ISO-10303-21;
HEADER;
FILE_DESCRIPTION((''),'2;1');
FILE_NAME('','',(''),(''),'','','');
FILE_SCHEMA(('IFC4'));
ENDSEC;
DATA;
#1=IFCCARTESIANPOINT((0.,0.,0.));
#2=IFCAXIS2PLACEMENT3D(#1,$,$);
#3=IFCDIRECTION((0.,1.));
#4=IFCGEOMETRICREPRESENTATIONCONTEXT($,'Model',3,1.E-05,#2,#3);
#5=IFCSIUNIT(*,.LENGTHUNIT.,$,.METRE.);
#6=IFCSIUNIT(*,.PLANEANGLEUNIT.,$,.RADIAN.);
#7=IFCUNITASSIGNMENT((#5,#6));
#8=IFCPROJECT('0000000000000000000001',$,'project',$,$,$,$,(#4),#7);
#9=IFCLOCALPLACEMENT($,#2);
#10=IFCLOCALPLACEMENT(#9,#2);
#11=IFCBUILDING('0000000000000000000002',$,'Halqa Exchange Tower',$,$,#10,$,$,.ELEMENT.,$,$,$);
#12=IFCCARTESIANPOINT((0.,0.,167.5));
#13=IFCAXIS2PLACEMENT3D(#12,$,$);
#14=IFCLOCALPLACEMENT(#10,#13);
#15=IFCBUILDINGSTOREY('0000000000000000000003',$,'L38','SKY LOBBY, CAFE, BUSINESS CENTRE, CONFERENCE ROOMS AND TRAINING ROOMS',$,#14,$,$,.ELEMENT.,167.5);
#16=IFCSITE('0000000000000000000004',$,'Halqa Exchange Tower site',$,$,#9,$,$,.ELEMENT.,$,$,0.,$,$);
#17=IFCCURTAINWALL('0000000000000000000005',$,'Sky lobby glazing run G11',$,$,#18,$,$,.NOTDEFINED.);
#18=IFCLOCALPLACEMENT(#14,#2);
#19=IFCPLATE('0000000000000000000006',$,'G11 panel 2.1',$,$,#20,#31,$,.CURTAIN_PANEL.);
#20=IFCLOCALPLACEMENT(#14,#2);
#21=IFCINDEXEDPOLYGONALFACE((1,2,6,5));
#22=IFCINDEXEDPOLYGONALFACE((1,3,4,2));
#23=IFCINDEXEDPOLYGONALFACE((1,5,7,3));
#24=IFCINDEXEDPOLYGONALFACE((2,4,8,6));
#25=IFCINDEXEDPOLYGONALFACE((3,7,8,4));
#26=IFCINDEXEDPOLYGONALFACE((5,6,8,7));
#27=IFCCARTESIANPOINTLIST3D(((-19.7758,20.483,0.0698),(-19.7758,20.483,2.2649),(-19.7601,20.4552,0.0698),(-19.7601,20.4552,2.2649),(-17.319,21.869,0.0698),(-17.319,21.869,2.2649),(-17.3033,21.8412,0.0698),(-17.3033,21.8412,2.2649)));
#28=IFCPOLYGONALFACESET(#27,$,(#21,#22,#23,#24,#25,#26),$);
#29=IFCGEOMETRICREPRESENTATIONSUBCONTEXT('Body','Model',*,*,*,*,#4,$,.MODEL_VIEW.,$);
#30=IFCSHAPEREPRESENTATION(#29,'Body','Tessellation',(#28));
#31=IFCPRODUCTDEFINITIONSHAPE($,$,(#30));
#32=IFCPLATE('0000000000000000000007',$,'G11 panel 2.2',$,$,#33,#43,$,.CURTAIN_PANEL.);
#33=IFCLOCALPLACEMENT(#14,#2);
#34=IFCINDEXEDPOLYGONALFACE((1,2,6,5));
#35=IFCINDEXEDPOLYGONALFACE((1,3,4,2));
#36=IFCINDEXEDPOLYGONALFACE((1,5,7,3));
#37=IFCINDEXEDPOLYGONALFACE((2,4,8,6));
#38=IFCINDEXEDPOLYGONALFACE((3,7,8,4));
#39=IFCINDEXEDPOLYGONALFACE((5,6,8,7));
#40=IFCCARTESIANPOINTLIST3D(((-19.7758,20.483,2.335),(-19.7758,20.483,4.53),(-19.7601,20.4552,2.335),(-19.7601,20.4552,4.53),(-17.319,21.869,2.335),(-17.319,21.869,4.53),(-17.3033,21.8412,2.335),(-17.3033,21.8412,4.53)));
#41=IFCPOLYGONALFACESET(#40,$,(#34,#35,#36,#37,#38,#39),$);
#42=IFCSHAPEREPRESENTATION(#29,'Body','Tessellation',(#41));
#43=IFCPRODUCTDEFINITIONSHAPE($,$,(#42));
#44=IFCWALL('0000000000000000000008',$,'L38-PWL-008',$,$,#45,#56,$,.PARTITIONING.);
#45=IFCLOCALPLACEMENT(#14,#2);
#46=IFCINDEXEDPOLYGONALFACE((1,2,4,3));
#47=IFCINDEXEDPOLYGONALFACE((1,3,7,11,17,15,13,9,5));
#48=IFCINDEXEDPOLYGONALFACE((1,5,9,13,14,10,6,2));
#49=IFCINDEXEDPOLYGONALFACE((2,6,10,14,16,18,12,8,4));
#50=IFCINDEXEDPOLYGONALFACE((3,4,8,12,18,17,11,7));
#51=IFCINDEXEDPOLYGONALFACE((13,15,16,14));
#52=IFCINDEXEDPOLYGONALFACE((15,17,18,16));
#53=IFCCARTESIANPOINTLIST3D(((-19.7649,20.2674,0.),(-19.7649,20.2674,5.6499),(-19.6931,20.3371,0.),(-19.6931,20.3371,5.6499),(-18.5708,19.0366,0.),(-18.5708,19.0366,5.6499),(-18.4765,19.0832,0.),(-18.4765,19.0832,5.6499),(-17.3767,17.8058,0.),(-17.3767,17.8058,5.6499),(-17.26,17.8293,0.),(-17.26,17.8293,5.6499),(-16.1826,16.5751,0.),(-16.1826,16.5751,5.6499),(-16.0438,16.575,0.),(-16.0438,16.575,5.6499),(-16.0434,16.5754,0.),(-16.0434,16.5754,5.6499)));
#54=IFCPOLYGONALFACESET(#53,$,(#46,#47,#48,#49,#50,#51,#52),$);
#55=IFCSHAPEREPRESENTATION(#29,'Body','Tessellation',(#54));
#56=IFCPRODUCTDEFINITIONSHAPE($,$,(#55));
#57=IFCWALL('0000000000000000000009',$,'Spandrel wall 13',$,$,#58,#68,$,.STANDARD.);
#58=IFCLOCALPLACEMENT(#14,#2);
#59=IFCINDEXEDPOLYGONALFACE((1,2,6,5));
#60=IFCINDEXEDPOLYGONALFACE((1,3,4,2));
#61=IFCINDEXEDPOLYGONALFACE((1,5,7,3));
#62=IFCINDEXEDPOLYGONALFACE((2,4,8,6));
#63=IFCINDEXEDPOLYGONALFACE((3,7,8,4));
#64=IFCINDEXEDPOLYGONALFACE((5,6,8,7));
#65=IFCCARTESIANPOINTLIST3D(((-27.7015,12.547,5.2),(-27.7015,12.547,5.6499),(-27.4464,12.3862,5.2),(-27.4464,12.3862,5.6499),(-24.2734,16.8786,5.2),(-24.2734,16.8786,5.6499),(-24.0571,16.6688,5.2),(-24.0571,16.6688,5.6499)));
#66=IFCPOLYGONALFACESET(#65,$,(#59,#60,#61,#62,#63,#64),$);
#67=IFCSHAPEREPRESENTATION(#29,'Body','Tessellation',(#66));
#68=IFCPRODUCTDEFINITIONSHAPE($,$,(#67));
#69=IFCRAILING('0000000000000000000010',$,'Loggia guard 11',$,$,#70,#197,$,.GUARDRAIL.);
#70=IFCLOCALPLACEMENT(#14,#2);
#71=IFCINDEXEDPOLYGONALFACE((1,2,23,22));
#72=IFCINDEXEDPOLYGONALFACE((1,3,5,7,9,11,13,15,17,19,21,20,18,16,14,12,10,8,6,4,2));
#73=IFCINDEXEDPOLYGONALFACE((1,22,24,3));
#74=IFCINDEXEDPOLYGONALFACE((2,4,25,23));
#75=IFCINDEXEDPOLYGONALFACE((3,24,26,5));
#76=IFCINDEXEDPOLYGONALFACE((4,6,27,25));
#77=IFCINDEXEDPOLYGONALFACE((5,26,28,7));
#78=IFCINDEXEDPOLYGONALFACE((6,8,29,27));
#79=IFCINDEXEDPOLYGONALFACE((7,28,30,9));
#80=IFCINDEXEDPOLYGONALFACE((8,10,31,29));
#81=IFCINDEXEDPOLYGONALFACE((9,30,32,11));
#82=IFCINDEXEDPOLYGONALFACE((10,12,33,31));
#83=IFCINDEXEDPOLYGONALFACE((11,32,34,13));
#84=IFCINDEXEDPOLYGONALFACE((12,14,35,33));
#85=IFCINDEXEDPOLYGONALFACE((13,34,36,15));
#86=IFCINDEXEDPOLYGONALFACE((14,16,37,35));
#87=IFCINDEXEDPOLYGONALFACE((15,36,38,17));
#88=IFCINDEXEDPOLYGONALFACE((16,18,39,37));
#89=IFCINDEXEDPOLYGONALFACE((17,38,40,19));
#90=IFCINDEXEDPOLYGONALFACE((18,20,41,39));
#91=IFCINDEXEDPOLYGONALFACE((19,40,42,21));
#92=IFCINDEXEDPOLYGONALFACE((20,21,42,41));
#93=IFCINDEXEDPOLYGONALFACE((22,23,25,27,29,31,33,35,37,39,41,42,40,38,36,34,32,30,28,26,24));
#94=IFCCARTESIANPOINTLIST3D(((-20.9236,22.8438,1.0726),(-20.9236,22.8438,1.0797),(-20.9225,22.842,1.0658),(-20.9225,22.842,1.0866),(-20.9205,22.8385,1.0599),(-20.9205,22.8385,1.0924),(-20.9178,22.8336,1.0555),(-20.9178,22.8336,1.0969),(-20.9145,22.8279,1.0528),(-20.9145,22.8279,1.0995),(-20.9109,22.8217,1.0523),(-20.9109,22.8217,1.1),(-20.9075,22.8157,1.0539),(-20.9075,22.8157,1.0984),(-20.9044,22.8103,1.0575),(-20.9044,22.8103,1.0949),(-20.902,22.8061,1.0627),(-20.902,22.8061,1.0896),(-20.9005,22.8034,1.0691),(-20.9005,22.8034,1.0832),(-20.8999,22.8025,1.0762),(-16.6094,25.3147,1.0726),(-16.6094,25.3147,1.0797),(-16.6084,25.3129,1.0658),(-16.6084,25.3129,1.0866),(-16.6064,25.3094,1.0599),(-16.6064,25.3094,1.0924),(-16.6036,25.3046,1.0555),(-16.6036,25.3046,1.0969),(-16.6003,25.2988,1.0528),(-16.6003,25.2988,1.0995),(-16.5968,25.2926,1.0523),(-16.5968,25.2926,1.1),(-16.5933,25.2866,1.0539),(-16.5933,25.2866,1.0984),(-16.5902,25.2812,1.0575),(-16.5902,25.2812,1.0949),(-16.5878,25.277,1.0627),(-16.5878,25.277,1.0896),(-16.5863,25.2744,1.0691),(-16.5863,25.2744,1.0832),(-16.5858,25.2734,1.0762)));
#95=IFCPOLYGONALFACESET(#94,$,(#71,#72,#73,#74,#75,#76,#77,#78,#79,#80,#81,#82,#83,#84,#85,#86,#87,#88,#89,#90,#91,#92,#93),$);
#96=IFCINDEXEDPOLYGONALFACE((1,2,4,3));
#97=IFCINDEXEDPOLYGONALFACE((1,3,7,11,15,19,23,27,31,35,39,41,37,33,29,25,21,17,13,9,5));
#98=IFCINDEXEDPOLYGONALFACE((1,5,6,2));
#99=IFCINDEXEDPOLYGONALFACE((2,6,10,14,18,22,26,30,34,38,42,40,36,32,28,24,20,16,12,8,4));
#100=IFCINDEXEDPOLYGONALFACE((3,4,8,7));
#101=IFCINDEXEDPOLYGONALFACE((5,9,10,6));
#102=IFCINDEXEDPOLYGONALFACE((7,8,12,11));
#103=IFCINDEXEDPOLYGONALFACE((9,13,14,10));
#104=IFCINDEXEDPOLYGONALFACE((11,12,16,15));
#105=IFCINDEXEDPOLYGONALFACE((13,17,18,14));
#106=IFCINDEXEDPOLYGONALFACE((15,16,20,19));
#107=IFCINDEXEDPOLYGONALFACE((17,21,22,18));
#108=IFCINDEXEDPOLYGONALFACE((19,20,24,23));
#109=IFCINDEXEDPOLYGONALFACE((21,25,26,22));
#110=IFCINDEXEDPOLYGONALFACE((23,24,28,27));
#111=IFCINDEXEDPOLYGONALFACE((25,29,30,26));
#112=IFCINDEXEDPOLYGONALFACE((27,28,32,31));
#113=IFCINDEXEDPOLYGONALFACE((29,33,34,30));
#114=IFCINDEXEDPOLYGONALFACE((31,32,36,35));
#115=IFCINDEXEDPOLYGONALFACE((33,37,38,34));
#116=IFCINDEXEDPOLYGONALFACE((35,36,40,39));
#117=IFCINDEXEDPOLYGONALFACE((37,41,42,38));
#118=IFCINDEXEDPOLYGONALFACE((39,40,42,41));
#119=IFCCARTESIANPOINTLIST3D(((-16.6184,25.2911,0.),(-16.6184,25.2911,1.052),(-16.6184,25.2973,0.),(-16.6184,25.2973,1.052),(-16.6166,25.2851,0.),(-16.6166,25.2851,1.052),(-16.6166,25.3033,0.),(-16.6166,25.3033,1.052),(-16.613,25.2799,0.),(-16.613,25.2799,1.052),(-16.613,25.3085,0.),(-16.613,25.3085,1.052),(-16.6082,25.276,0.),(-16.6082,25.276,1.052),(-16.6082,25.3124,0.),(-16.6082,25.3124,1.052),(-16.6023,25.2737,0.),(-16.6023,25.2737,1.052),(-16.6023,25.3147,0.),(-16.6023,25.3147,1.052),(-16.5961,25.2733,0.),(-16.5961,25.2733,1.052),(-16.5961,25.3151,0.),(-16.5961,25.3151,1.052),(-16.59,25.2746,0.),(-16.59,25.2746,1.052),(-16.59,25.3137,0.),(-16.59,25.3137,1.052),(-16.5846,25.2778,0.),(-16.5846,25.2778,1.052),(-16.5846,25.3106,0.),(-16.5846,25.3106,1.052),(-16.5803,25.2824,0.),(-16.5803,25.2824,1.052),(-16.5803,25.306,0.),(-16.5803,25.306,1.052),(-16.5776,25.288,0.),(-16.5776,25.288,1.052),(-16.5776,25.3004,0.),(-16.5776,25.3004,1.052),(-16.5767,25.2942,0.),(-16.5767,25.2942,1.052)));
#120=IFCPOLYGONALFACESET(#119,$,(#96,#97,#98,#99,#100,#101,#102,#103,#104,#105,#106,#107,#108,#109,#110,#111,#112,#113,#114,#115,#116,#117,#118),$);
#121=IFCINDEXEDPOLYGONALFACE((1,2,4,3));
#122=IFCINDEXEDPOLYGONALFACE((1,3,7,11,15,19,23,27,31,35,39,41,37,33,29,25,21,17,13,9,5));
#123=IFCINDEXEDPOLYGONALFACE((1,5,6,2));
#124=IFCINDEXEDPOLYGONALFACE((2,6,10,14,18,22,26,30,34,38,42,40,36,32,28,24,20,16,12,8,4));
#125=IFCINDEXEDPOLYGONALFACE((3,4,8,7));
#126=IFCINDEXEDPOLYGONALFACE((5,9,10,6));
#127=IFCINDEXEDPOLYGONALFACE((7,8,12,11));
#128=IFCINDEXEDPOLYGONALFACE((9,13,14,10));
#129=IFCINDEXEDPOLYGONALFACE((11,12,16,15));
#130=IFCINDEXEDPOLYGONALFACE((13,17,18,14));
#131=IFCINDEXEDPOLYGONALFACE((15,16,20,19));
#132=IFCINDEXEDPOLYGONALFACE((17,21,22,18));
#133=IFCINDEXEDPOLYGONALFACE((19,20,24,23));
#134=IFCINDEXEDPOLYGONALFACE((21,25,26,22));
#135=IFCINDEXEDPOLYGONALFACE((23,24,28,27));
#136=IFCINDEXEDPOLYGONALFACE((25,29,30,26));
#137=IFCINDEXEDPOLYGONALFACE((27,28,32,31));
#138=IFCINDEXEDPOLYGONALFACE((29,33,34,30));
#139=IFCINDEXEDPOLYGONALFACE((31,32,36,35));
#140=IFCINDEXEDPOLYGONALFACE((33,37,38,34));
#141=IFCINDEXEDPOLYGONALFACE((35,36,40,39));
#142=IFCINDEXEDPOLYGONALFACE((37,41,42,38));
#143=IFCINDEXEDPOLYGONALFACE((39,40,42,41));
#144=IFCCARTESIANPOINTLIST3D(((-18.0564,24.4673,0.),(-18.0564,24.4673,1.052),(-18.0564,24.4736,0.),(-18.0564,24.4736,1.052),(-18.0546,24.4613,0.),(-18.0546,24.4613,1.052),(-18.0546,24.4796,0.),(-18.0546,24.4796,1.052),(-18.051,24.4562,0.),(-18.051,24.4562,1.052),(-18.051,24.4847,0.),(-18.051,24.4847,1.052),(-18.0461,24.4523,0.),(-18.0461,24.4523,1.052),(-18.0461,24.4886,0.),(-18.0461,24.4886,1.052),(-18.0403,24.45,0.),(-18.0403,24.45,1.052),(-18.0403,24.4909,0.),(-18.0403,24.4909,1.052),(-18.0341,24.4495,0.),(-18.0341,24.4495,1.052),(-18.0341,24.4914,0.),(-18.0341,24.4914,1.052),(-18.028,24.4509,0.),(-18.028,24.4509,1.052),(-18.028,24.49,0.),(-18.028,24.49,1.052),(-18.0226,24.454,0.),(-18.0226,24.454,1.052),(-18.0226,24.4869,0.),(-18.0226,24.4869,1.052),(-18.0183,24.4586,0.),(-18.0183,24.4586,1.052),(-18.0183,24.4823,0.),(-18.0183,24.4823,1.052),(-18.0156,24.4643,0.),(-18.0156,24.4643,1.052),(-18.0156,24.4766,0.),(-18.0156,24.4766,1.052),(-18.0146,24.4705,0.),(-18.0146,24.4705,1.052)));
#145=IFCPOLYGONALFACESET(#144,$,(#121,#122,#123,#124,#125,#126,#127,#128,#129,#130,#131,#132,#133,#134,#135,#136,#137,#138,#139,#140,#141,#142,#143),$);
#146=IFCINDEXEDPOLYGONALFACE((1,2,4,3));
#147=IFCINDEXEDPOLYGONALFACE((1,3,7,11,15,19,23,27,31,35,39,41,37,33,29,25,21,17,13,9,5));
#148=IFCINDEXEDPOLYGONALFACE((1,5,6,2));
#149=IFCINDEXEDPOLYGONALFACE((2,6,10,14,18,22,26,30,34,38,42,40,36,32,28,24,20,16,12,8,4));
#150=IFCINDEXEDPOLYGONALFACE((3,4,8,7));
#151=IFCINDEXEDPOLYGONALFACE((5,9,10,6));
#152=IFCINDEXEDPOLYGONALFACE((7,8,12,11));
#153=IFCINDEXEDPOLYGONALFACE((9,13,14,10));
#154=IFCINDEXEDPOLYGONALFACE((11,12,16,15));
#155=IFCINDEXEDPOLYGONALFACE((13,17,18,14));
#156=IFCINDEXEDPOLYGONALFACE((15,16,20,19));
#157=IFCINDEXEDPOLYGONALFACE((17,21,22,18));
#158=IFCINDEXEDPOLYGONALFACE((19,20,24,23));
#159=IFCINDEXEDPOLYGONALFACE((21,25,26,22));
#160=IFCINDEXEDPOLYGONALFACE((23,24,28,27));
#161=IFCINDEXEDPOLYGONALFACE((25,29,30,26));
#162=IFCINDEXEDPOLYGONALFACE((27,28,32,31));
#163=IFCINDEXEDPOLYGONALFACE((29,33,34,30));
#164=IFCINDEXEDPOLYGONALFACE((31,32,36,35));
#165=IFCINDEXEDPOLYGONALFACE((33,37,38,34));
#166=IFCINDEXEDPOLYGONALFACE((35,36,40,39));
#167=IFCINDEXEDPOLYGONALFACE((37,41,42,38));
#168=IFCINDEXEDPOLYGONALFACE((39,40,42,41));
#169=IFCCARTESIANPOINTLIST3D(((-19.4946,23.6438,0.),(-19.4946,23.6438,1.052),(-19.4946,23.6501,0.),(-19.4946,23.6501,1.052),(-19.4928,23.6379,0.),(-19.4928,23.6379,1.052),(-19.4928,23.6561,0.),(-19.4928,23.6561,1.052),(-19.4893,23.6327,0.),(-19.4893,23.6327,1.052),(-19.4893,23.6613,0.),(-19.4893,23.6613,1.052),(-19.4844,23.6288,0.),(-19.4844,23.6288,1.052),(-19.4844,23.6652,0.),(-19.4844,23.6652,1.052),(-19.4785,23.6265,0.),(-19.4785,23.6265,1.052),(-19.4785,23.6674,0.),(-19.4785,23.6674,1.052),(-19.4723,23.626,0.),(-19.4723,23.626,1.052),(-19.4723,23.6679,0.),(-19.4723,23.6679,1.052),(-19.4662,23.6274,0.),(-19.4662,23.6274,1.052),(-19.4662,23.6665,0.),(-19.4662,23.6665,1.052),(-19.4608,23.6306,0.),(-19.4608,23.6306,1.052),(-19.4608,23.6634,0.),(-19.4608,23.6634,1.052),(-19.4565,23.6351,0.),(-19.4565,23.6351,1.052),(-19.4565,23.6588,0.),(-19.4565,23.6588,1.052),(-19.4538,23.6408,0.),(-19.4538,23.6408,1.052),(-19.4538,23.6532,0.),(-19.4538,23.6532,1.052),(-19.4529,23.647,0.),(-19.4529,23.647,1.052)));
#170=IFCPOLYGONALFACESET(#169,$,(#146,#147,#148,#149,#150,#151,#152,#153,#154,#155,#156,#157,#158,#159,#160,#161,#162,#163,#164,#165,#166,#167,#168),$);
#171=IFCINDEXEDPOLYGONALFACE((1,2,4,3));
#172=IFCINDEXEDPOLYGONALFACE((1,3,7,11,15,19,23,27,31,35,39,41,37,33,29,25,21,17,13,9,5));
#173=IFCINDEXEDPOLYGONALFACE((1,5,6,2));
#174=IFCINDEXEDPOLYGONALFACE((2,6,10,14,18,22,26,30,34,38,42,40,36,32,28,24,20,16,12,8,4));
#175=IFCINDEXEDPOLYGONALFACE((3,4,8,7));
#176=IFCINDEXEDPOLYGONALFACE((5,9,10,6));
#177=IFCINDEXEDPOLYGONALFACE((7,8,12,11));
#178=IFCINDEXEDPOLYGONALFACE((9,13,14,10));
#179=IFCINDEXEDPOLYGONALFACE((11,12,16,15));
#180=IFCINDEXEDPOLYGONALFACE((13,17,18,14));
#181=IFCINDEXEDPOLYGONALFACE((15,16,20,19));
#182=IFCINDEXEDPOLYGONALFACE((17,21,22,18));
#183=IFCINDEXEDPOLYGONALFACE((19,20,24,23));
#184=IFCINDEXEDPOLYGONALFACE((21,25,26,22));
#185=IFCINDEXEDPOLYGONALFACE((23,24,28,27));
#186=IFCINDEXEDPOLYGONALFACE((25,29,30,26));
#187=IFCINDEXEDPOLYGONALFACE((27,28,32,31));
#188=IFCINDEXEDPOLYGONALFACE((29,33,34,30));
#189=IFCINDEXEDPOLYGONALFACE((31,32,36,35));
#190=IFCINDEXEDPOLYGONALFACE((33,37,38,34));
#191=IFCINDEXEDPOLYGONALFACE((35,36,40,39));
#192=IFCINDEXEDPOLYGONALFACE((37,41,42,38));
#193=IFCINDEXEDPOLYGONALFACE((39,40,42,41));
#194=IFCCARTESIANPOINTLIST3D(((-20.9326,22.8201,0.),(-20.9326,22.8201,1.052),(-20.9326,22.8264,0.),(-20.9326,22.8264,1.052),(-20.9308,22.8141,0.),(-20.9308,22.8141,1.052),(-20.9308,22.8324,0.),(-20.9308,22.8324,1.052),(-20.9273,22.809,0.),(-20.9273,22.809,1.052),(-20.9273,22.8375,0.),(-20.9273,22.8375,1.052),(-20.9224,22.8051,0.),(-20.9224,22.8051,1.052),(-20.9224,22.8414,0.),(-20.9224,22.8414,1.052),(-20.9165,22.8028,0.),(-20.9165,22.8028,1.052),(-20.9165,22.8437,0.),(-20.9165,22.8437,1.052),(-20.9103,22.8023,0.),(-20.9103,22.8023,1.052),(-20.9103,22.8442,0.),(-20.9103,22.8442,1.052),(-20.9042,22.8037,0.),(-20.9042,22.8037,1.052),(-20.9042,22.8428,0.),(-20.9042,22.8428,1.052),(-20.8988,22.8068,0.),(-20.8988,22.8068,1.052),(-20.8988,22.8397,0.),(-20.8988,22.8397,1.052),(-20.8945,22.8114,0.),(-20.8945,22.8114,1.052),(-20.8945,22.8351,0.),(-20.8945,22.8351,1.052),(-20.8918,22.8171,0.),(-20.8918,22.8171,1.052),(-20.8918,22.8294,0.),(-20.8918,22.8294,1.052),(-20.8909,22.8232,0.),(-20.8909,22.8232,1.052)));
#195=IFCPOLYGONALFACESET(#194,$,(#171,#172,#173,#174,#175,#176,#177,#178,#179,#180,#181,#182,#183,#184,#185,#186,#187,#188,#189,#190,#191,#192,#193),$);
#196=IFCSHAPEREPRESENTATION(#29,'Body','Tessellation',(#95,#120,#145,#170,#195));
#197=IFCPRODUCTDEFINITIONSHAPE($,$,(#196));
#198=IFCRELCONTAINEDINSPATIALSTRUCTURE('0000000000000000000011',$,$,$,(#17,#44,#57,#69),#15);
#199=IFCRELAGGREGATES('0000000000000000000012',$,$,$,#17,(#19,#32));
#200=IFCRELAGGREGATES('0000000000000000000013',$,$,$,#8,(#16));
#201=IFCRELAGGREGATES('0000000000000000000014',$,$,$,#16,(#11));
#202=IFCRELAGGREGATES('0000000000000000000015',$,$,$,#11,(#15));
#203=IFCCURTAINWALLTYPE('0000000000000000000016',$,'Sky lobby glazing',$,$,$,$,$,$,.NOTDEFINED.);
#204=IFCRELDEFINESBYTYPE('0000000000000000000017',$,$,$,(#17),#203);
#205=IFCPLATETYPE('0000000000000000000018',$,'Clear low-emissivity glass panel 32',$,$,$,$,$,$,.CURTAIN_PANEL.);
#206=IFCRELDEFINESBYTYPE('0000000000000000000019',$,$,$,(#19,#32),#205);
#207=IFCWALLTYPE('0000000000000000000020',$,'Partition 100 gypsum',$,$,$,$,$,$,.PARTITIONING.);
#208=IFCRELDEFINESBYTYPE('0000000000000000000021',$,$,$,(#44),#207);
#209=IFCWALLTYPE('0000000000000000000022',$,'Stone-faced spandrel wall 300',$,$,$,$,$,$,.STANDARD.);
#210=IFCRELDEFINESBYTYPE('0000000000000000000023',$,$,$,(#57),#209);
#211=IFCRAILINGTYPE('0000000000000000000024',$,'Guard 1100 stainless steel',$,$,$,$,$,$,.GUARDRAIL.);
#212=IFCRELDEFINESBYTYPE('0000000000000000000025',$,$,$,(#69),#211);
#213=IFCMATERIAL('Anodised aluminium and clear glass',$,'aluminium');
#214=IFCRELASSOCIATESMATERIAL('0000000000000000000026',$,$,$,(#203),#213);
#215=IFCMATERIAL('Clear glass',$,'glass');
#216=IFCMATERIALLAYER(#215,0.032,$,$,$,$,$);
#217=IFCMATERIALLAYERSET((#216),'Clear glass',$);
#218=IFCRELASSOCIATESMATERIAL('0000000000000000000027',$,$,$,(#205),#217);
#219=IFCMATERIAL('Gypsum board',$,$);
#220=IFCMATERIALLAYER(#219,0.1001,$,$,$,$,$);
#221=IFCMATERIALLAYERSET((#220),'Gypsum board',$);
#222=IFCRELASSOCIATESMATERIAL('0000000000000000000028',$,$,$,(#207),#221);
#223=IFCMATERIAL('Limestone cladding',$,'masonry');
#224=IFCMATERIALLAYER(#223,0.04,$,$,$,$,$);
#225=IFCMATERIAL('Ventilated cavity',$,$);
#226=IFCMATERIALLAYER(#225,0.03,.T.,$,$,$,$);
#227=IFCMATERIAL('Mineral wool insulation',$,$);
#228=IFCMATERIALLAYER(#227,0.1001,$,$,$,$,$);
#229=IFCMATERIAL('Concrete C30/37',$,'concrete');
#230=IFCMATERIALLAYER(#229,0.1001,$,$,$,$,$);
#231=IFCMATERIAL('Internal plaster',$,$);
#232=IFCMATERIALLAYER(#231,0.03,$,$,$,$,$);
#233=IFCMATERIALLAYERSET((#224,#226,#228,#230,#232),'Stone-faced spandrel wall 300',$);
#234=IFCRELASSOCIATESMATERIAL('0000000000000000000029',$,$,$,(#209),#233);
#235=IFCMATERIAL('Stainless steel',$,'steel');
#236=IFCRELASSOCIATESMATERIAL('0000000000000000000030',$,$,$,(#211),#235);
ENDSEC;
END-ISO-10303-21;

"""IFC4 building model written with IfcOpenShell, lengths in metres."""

from ifc_helpers import new_model, si_unit, direction, frame, origin, origin_2d, place, context, subcontext, project, spatial, polyline, rectangle, circle, outline, extrude, material, layer, layer_set, type_object, element, aggregate, save


model = new_model("IFC4")

# Units and contexts
model_context = context("Model", 3, precision=1e-05, world=origin(), true_north=direction((0.0, 1.0)))
body_context = subcontext(model_context, "Body", "Model", "MODEL_VIEW")
ifc_project = project(units=[si_unit("LENGTHUNIT", "METRE"), si_unit("PLANEANGLEUNIT", "RADIAN")], contexts=[model_context])

# Site, building, storey
site_placement = place(None, origin())
site = spatial("IfcSite", under=ifc_project, at=site_placement, Name="Halqa Exchange Tower site", CompositionType="ELEMENT", RefElevation=0.0)
building_placement = place(site_placement, origin())
building = spatial("IfcBuilding", under=site, at=building_placement, Name="Halqa Exchange Tower", CompositionType="ELEMENT")
storey_placement = place(building_placement, frame((0.0, 0.0, 167.5)))
storey = spatial("IfcBuildingStorey", under=building, at=storey_placement, Name="L38", Description="SKY LOBBY, CAFE, BUSINESS CENTRE, CONFERENCE ROOMS AND TRAINING ROOMS", CompositionType="ELEMENT", Elevation=167.5)

# Curtain wall
ifc_material_1 = material(Name="Anodised aluminium and clear glass", Category="aluminium")
curtain_wall_type = type_object("IfcCurtainWallType", Name="Sky lobby glazing", PredefinedType="NOTDEFINED", material=ifc_material_1)
curtain_wall_1_placement = place(storey_placement, origin())
curtain_wall_1 = element("IfcCurtainWall", 1, at=curtain_wall_1_placement, inside=storey, type_object=curtain_wall_type, Name="Sky lobby glazing run G11", PredefinedType="NOTDEFINED")

# Plates
ifc_material_2 = material(Name="Clear glass", Category="glass")
ifc_layer_1 = layer(ifc_material_2, 0.032)
ifc_layer_set_1 = layer_set([ifc_layer_1], Name="Clear glass")
plate_type = type_object("IfcPlateType", Name="Clear low-emissivity glass panel 32", PredefinedType="CURTAIN_PANEL", material=ifc_layer_set_1)
plate_1_placement = place(storey_placement, frame((-18.5396, 21.1621, 0.0698), z_axis=(0.0, 0.0, 1.0), x_axis=(-0.87096, -0.491354, 0.0)))
plate_1 = element("IfcPlate", 2, at=plate_1_placement, type_object=plate_type, Name="G11 panel 2.1", PredefinedType="CURTAIN_PANEL", context=body_context, shape_type="SweptSolid", body=[
    extrude(rectangle(XDim=2.8208, YDim=0.032, at=origin_2d()), origin(), (0.0, 0.0, 1.0), 2.1951),
])
plate_2_placement = place(storey_placement, frame((-18.5396, 21.1621, 2.335), z_axis=(0.0, 0.0, 1.0), x_axis=(-0.87096, -0.491354, 0.0)))
plate_2 = element("IfcPlate", 3, at=plate_2_placement, type_object=plate_type, Name="G11 panel 2.2", PredefinedType="CURTAIN_PANEL", context=body_context, shape_type="SweptSolid", body=[
    extrude(rectangle(XDim=2.8208, YDim=0.032, at=origin_2d()), origin(), (0.0, 0.0, 1.0), 2.1951),
])
aggregate(curtain_wall_1, [plate_1, plate_2])

# Wall
ifc_material_3 = material(Name="Gypsum board")
ifc_layer_2 = layer(ifc_material_3, 0.1001)
ifc_layer_set_2 = layer_set([ifc_layer_2], Name="Gypsum board")
wall_type_1 = type_object("IfcWallType", Name="Partition 100 gypsum", PredefinedType="PARTITIONING", material=ifc_layer_set_2)
wall_1_placement = place(storey_placement, frame((-16.0793, 16.5405, 0.0), z_axis=(0.0, 0.0, 1.0), x_axis=(-0.696336, 0.717716, 0.0)))
element("IfcWall", 4, at=wall_1_placement, inside=storey, type_object=wall_type_1, Name="L38-PWL-008", PredefinedType="PARTITIONING", context=body_context, shape_type="SweptSolid", body=[
    extrude(outline(polyline([(5.2412, 0.05), (3.5264, 0.05), (1.8115, 0.05), (0.0967, 0.05), (0.0, -0.0496), (0.0, -0.05), (1.7471, -0.05), (3.4941, -0.05), (5.2412, -0.05), (5.2412, 0.05)])), origin(), (0.0, 0.0, 1.0), 5.6499),
])

# Shared definitions
ifc_material_4 = material(Name="Limestone cladding", Category="masonry")
ifc_material_5 = material(Name="Ventilated cavity")
ifc_material_6 = material(Name="Mineral wool insulation")
ifc_material_7 = material(Name="Concrete C30/37", Category="concrete")
ifc_material_8 = material(Name="Internal plaster")

# Wall
ifc_layer_3 = layer(ifc_material_4, 0.04)
ifc_layer_4 = layer(ifc_material_5, 0.03, ventilated=True)
ifc_layer_5 = layer(ifc_material_6, 0.1001)
ifc_layer_6 = layer(ifc_material_7, 0.1001)
ifc_layer_7 = layer(ifc_material_8, 0.03)
ifc_layer_set_3 = layer_set([ifc_layer_3, ifc_layer_4, ifc_layer_5, ifc_layer_6, ifc_layer_7], Name="Stone-faced spandrel wall 300")
wall_type_2 = type_object("IfcWallType", Name="Stone-faced spandrel wall 300", PredefinedType="STANDARD", material=ifc_layer_set_3)
wall_2_placement = place(storey_placement, frame((-24.1653, 16.7737, 5.2), z_axis=(0.0, 0.0, 1.0), x_axis=(-0.620578, -0.784145, 0.0)))
element("IfcWall", 5, at=wall_2_placement, inside=storey, type_object=wall_type_2, Name="Spandrel wall 13", PredefinedType="STANDARD", context=body_context, shape_type="SweptSolid", body=[
    extrude(outline(polyline([(-0.0151, -0.1499), (5.5088, -0.1499), (5.4766, 0.1499), (0.0151, 0.1499), (-0.0151, -0.1499)])), origin(), (0.0, 0.0, 1.0), 0.45),
])

# Railing
ifc_material_9 = material(Name="Stainless steel", Category="steel")
railing_type = type_object("IfcRailingType", Name="Guard 1100 stainless steel", PredefinedType="GUARDRAIL", material=ifc_material_9)
railing_1_placement = place(storey_placement, frame((-16.5977, 25.2942, 0.0)))
element("IfcRailing", 6, at=railing_1_placement, inside=storey, type_object=railing_type, Name="Loggia guard 11", PredefinedType="GUARDRAIL", context=body_context, shape_type="SweptSolid", body=[
    extrude(circle(Radius=0.0239, at=origin_2d()), frame((0.0, 0.0, 1.0762), z_axis=(-0.86775, -0.497001, 0.0), x_axis=(0.497001, -0.86775, 0.0)), (0.0, 0.0, 1.0), 4.9717),
    extrude(circle(Radius=0.021, at=origin_2d()), origin(), (0.0, 0.0, 1.0), 1.052),
    extrude(circle(Radius=0.021, at=origin_2d()), frame((-1.438, -0.8237, 0.0)), (0.0, 0.0, 1.0), 1.052),
    extrude(circle(Radius=0.021, at=origin_2d()), frame((-2.8762, -1.6472, 0.0)), (0.0, 0.0, 1.0), 1.052),
    extrude(circle(Radius=0.021, at=origin_2d()), frame((-4.3142, -2.4709, 0.0)), (0.0, 0.0, 1.0), 1.052),
])

save(model, "model.ifc")
